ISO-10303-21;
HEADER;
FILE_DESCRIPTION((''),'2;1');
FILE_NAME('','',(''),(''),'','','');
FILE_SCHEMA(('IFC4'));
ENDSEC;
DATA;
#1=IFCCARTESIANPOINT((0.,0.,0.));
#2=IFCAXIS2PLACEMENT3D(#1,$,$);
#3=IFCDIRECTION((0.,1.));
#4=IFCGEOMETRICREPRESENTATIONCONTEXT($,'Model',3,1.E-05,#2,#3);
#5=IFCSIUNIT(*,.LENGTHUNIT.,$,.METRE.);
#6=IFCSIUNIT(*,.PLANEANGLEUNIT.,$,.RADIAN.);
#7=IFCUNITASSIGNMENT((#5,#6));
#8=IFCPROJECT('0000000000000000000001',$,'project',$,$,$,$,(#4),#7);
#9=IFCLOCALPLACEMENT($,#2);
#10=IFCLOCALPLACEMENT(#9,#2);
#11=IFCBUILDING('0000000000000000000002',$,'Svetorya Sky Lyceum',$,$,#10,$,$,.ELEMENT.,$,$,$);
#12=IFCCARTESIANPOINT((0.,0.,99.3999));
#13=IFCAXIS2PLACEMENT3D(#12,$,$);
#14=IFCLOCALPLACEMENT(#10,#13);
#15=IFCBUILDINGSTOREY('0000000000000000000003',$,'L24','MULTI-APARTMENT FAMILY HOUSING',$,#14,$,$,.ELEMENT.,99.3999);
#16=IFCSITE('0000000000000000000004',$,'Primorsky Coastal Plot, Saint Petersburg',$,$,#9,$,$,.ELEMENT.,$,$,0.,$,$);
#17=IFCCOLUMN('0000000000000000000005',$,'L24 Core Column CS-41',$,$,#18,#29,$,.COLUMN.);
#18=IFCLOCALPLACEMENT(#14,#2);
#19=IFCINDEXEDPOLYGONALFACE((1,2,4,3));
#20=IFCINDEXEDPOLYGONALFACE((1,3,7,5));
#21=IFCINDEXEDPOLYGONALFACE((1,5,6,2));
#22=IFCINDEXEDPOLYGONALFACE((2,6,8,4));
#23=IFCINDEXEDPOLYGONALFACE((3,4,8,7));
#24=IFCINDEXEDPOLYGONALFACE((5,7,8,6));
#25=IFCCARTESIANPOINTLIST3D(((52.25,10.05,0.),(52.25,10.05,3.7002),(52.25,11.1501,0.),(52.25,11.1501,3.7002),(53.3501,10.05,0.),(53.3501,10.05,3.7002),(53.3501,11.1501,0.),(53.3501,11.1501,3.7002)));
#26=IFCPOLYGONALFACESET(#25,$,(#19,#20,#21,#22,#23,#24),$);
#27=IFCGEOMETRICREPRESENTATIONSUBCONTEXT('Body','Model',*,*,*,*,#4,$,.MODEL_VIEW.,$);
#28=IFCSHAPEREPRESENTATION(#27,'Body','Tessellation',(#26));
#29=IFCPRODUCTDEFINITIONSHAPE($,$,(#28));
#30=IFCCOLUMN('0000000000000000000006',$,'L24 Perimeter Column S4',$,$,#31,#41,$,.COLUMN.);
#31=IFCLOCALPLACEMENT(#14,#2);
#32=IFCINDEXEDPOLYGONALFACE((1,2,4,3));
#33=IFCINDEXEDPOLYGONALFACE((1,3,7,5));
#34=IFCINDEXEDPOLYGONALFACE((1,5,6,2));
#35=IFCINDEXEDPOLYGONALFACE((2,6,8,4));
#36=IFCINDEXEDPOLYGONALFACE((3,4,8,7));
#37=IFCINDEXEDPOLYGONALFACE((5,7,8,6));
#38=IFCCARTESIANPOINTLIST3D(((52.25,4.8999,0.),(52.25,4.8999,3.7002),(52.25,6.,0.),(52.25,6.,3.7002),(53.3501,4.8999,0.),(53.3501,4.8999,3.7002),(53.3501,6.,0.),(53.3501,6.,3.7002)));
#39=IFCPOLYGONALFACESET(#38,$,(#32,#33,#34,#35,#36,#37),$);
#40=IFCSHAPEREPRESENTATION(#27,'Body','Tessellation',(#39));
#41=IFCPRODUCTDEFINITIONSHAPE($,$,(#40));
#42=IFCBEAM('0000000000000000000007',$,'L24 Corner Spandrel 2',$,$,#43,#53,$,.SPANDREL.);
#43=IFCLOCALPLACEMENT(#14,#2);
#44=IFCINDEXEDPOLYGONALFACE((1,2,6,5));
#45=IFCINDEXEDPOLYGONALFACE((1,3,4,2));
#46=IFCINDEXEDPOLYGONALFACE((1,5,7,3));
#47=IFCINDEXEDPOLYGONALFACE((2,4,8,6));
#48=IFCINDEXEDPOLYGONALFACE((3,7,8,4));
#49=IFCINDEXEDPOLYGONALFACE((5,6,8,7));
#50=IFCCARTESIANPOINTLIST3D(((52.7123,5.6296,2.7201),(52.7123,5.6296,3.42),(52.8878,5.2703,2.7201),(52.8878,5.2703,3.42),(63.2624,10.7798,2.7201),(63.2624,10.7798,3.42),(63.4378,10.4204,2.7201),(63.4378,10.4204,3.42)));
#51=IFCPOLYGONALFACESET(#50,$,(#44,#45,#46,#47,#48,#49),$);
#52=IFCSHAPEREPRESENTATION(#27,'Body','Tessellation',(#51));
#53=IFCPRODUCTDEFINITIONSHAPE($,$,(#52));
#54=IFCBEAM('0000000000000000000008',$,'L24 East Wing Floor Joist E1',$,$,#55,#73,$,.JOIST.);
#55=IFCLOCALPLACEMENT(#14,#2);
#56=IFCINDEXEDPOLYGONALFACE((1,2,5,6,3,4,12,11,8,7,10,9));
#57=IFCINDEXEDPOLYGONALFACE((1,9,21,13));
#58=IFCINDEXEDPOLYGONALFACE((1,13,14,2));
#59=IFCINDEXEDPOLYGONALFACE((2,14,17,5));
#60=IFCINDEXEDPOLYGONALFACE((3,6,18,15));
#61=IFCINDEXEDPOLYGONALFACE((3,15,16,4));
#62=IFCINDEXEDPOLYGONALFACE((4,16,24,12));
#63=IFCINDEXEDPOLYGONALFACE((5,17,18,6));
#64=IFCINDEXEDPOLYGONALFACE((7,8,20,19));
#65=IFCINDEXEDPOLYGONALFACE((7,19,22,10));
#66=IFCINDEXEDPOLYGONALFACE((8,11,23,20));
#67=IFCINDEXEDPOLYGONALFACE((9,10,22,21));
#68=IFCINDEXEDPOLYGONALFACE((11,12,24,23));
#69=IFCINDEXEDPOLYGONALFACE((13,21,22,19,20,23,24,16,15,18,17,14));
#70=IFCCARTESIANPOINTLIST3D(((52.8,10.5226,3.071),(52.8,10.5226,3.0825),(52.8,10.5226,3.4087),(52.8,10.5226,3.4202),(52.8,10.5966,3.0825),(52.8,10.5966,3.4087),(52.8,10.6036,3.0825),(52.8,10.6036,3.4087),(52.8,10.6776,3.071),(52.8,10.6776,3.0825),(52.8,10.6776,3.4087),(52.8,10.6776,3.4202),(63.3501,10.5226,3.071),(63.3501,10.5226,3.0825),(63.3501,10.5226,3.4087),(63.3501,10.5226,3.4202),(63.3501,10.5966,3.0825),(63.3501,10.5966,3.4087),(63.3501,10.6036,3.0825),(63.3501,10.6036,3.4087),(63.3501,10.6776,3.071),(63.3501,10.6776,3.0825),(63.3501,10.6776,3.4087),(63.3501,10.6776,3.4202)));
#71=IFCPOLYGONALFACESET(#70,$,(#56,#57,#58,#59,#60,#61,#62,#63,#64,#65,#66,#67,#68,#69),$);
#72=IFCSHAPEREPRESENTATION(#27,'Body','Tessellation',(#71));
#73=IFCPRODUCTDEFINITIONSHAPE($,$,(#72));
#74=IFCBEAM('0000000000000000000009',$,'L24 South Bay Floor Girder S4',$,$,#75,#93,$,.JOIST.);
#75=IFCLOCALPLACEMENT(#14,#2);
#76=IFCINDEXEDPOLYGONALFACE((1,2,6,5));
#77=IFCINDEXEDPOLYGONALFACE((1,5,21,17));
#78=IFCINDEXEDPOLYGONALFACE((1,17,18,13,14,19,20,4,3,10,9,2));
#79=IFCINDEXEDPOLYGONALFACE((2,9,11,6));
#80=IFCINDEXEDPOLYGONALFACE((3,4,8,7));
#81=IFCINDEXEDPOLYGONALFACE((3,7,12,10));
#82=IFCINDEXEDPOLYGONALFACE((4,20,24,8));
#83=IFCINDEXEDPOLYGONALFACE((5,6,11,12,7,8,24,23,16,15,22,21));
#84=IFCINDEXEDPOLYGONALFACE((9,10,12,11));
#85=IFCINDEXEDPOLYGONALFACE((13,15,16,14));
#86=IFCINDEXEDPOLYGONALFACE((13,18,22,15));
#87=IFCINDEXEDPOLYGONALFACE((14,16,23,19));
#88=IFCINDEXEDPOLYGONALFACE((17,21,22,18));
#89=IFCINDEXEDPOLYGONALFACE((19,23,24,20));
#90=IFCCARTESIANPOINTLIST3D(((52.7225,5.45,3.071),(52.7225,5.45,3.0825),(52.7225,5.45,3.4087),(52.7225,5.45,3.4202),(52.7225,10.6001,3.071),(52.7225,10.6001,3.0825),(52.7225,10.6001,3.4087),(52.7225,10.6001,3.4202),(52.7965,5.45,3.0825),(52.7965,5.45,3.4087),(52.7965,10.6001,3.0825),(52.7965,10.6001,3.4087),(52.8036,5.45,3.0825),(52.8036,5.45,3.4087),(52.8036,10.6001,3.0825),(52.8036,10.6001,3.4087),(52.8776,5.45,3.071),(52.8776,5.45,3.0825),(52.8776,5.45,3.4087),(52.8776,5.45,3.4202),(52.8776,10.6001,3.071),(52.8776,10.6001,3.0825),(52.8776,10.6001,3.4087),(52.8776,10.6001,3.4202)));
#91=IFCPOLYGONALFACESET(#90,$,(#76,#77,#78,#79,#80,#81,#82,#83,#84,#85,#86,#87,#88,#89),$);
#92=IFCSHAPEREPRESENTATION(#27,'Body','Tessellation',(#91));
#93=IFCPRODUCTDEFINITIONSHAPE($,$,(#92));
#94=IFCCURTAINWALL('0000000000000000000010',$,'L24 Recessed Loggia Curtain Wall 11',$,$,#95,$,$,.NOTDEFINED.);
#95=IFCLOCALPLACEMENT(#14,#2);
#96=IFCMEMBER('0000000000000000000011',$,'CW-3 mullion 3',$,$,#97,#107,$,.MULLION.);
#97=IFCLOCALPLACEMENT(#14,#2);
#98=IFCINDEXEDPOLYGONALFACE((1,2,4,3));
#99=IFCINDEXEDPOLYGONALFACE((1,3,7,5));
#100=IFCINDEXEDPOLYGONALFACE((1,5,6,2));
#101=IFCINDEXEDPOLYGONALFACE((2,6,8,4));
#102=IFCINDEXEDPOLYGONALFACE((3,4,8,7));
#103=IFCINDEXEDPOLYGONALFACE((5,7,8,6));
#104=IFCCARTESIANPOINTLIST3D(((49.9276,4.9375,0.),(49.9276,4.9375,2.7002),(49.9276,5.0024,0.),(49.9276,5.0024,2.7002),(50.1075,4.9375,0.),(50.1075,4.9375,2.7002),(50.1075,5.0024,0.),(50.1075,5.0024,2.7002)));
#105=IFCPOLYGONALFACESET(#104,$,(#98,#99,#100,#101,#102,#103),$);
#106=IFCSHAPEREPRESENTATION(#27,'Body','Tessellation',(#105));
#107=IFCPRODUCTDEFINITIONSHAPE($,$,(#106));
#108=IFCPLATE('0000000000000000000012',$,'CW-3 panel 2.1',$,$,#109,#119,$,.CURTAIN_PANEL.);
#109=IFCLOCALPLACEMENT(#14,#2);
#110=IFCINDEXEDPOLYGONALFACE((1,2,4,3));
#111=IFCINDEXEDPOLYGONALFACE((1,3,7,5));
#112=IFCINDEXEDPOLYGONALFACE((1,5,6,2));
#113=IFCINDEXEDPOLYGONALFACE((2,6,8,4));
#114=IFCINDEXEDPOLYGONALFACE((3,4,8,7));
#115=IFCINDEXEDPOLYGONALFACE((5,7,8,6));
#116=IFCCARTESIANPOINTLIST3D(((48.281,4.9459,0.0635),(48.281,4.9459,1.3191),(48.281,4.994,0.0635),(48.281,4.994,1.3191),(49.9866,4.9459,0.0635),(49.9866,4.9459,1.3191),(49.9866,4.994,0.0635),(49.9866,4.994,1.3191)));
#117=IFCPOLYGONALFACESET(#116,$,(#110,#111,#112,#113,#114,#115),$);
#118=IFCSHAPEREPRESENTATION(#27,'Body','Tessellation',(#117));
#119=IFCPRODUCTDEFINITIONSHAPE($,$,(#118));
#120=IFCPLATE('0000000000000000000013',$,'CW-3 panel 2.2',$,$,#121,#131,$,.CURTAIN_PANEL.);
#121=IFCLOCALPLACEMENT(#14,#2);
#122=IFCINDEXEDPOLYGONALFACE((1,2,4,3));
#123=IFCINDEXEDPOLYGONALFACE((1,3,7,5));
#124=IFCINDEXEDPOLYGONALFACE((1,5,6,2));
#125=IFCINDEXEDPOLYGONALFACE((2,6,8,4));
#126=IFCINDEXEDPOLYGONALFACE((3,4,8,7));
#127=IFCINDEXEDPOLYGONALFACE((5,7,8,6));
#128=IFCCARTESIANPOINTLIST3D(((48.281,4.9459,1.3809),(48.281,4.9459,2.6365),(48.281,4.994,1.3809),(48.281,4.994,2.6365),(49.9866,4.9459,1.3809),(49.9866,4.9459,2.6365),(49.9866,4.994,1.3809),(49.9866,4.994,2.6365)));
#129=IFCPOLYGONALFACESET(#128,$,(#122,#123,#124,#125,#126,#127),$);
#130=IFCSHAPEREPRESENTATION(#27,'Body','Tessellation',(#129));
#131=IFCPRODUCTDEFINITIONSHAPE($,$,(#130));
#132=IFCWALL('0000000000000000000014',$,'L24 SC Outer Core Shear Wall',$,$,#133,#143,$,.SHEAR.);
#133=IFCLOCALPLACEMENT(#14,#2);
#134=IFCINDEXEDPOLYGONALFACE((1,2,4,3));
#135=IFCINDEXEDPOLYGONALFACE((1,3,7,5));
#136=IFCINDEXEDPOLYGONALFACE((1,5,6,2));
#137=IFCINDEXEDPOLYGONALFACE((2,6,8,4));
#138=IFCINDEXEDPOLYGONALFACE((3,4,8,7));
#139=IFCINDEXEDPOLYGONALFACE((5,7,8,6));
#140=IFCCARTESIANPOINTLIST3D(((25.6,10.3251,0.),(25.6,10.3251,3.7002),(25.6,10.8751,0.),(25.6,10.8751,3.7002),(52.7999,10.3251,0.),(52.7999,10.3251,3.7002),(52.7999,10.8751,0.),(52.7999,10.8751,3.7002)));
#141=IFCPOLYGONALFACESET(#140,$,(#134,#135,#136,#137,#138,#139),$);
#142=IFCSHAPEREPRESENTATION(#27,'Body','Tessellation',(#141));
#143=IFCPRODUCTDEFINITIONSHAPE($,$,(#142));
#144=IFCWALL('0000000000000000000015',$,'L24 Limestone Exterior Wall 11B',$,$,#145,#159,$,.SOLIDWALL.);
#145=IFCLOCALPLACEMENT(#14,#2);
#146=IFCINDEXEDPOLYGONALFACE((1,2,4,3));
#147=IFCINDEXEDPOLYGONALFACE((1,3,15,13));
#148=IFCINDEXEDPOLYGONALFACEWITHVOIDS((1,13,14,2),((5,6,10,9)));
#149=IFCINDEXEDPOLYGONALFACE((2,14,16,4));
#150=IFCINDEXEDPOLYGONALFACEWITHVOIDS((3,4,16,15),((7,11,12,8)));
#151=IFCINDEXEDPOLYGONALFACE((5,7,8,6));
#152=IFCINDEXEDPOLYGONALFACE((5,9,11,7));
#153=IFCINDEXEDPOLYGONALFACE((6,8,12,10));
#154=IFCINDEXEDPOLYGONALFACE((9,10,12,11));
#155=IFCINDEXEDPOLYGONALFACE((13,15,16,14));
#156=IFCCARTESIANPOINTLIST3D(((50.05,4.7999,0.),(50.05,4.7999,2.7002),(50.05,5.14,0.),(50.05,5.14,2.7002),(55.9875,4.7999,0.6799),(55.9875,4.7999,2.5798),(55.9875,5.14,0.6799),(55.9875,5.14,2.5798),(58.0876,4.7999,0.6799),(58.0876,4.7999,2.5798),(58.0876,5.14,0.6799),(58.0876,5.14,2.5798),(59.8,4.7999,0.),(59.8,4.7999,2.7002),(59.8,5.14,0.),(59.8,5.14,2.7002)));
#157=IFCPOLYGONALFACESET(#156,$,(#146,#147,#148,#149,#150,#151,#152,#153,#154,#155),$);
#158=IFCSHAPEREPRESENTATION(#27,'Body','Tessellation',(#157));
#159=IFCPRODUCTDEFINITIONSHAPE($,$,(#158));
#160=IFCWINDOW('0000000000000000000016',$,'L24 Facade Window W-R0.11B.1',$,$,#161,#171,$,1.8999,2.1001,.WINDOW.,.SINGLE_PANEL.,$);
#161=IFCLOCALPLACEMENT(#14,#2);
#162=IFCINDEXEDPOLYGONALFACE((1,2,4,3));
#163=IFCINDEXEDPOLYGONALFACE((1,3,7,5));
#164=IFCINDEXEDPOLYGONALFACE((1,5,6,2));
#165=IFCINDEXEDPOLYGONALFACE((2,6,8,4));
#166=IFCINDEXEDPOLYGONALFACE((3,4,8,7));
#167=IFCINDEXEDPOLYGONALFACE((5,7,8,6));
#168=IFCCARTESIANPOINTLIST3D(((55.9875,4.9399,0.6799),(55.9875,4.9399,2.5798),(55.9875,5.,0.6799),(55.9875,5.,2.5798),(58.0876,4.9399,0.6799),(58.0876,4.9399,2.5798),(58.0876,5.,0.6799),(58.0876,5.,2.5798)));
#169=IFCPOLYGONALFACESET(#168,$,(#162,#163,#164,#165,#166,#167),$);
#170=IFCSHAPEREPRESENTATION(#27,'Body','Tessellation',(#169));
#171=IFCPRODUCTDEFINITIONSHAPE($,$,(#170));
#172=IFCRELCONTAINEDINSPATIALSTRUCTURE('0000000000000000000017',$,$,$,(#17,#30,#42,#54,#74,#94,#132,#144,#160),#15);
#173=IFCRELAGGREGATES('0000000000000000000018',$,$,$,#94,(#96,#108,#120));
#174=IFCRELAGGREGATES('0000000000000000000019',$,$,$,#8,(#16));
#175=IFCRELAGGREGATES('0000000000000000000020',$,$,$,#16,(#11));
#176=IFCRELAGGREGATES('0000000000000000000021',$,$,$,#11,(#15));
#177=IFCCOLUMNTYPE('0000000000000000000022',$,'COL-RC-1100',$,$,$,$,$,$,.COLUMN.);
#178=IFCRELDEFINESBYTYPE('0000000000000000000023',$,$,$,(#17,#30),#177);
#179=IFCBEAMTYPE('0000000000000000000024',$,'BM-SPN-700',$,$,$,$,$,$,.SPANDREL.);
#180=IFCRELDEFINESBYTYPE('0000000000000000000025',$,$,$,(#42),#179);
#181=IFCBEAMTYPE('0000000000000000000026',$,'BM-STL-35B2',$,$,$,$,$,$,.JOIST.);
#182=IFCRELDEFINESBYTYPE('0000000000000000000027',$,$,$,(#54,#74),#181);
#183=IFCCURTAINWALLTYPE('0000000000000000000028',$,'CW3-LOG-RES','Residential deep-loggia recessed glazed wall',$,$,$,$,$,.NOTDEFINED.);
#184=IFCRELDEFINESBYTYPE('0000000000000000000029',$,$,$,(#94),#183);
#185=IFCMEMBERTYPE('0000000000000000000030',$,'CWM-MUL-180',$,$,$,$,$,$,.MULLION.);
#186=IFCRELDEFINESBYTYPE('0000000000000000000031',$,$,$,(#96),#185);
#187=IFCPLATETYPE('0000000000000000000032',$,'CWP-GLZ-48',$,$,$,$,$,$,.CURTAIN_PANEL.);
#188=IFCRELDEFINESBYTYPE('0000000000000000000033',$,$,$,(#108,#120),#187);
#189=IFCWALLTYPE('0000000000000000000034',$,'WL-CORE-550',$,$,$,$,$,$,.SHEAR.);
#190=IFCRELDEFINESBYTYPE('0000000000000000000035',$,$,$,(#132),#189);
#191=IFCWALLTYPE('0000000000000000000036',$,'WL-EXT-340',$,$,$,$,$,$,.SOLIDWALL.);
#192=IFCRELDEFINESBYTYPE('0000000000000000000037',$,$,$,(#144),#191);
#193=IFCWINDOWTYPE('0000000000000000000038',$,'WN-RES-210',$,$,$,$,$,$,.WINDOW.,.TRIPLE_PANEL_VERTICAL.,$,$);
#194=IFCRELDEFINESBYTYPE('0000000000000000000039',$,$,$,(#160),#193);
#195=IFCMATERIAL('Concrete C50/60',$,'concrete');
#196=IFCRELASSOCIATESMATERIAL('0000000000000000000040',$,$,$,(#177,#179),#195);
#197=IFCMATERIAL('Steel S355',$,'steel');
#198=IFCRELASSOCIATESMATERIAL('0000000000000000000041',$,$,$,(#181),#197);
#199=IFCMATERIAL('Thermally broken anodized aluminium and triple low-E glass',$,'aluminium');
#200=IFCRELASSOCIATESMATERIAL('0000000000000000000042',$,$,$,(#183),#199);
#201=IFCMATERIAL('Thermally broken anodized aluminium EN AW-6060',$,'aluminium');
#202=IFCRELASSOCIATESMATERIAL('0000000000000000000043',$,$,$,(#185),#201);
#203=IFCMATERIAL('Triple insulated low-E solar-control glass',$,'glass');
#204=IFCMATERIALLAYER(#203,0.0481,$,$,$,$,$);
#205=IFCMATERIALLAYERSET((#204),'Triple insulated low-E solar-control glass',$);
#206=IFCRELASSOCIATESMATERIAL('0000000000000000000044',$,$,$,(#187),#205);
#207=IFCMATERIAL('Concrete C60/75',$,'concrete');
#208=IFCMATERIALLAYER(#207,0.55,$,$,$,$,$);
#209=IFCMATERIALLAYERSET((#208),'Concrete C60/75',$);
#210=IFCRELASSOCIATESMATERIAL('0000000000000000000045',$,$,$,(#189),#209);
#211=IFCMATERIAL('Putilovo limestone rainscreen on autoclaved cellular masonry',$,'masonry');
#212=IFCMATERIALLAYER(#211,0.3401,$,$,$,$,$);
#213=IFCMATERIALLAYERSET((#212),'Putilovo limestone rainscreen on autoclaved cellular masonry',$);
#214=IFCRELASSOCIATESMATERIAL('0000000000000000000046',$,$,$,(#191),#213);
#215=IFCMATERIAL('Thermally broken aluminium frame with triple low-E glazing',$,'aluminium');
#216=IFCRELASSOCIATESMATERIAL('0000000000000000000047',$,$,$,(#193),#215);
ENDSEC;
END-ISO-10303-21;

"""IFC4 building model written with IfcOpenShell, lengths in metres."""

from ifc_helpers import new_model, si_unit, direction, frame, frame_2d, origin, origin_2d, place, context, subcontext, project, spatial, rectangle, i_section, extrude, material, layer, layer_set, material_profile, profile_set, type_object, element, fill, aggregate, save


model = new_model("IFC4")

# Units and contexts
model_context = context("Model", 3, precision=1e-05, world=origin(), true_north=direction((0.0, 1.0)))
body_context = subcontext(model_context, "Body", "Model", "MODEL_VIEW")
ifc_project = project(units=[si_unit("LENGTHUNIT", "METRE"), si_unit("PLANEANGLEUNIT", "RADIAN")], contexts=[model_context])

# Site, building, storey
site_placement = place(None, origin())
site = spatial("IfcSite", under=ifc_project, at=site_placement, Name="Primorsky Coastal Plot, Saint Petersburg", CompositionType="ELEMENT", RefElevation=0.0)
building_placement = place(site_placement, origin())
building = spatial("IfcBuilding", under=site, at=building_placement, Name="Svetorya Sky Lyceum", CompositionType="ELEMENT")
storey_placement = place(building_placement, frame((0.0, 0.0, 99.3999)))
storey = spatial("IfcBuildingStorey", under=building, at=storey_placement, Name="L24", Description="MULTI-APARTMENT FAMILY HOUSING", CompositionType="ELEMENT", Elevation=99.3999)

# Columns
ifc_material_1 = material(Name="Concrete C50/60", Category="concrete")
ifc_material_profile_1 = material_profile(ifc_material_1, rectangle(XDim=1.1001, YDim=1.1001, at=origin_2d()), Name="RC COL 1100x1100")
ifc_profile_set_1 = profile_set([ifc_material_profile_1], Name="Concrete C50/60")
column_type = type_object("IfcColumnType", Name="COL-RC-1100", PredefinedType="COLUMN", material=ifc_profile_set_1)
for number, where, z_axis, x_axis, name in (
    (1, (52.8, 10.6001, 0.0), (0.0, 0.0, 1.0), (1.0, 0.0, 0.0), "L24 Core Column CS-41"),
    (2, (52.8, 5.45, 0.0), (0.0, 0.0, 1.0), (1.0, 0.0, 0.0), "L24 Perimeter Column S4"),
):
    element("IfcColumn", number, at=place(storey_placement, frame(where, z_axis=z_axis, x_axis=x_axis)), inside=storey, type_object=column_type, Name=name, PredefinedType="COLUMN", context=body_context, shape_type="SweptSolid", body=[
        extrude(rectangle(XDim=1.1001, YDim=1.1001, at=origin_2d()), origin(), (0.0, 0.0, 1.0), 3.7002),
    ])

# Beams
ifc_material_profile_2 = material_profile(ifc_material_1, rectangle(XDim=0.3999, YDim=0.7, at=origin_2d()), Name="RC SPANDREL 400x700")
ifc_profile_set_2 = profile_set([ifc_material_profile_2], Name="Concrete C50/60")
beam_type_1 = type_object("IfcBeamType", Name="BM-SPN-700", PredefinedType="SPANDREL", material=ifc_profile_set_2)
beam_1_placement = place(storey_placement, frame((52.8, 5.45, 3.0701), z_axis=(0.898641, 0.438684, 0.0), x_axis=(-0.438684, 0.898641, 0.0)))
element("IfcBeam", 3, at=beam_1_placement, inside=storey, type_object=beam_type_1, Name="L24 Corner Spandrel 2", PredefinedType="SPANDREL", context=body_context, shape_type="SweptSolid", body=[
    extrude(rectangle(XDim=0.3999, YDim=0.7, at=origin_2d()), origin(), (0.0, 0.0, 1.0), 11.74),
])
ifc_material_2 = material(Name="Steel S355", Category="steel")
ifc_material_profile_3 = material_profile(ifc_material_2, i_section(OverallWidth=0.155, OverallDepth=0.3491, WebThickness=0.0071, FlangeThickness=0.0115, at=origin_2d()), Name="GOST 35B2")
ifc_profile_set_3 = profile_set([ifc_material_profile_3], Name="Steel S355")
beam_type_2 = type_object("IfcBeamType", Name="BM-STL-35B2", PredefinedType="JOIST", material=ifc_profile_set_3)
beam_2_placement = place(storey_placement, frame((52.8, 10.6001, 3.2456), z_axis=(1.0, 0.0, 0.0), x_axis=(0.0, 1.0, 0.0)))
element("IfcBeam", 4, at=beam_2_placement, inside=storey, type_object=beam_type_2, Name="L24 East Wing Floor Joist E1", PredefinedType="JOIST", context=body_context, shape_type="SweptSolid", body=[
    extrude(i_section(OverallWidth=0.155, OverallDepth=0.3491, WebThickness=0.0071, FlangeThickness=0.0115, at=origin_2d()), origin(), (0.0, 0.0, 1.0), 10.55),
])
beam_3_placement = place(storey_placement, frame((52.8, 5.45, 3.2456), z_axis=(0.0, 1.0, 0.0), x_axis=(-1.0, 0.0, 0.0)))
element("IfcBeam", 5, at=beam_3_placement, inside=storey, type_object=beam_type_2, Name="L24 South Bay Floor Girder S4", PredefinedType="JOIST", context=body_context, shape_type="SweptSolid", body=[
    extrude(i_section(OverallWidth=0.155, OverallDepth=0.3491, WebThickness=0.0071, FlangeThickness=0.0115, at=origin_2d()), origin(), (0.0, 0.0, 1.0), 5.1501),
])

# Curtain wall, member, plates
ifc_material_3 = material(Name="Thermally broken anodized aluminium and triple low-E glass", Category="aluminium")
curtain_wall_type = type_object("IfcCurtainWallType", Name="CW3-LOG-RES", Description="Residential deep-loggia recessed glazed wall", PredefinedType="NOTDEFINED", material=ifc_material_3)
curtain_wall_placement = place(storey_placement, origin())
curtain_wall = element("IfcCurtainWall", 6, at=curtain_wall_placement, inside=storey, type_object=curtain_wall_type, Name="L24 Recessed Loggia Curtain Wall 11", PredefinedType="NOTDEFINED")
ifc_material_4 = material(Name="Thermally broken anodized aluminium EN AW-6060", Category="aluminium")
ifc_material_profile_4 = material_profile(ifc_material_4, rectangle(XDim=0.0649, YDim=0.1799, at=origin_2d()), Name="ALU MULLION 65x180")
ifc_profile_set_4 = profile_set([ifc_material_profile_4], Name="Thermally broken anodized aluminium EN AW-6060")
member_type = type_object("IfcMemberType", Name="CWM-MUL-180", PredefinedType="MULLION", material=ifc_profile_set_4)
member_placement = place(storey_placement, frame((50.0176, 4.97, 0.0), z_axis=(0.0, 0.0, 1.0), x_axis=(0.0, 1.0, 0.0)))
member = element("IfcMember", 7, at=member_placement, type_object=member_type, Name="CW-3 mullion 3", PredefinedType="MULLION", context=body_context, shape_type="SweptSolid", body=[
    extrude(rectangle(XDim=0.0649, YDim=0.1799, at=origin_2d()), origin(), (0.0, 0.0, 1.0), 2.7002),
])
ifc_material_5 = material(Name="Triple insulated low-E solar-control glass", Category="glass")
ifc_layer_1 = layer(ifc_material_5, 0.0481)
ifc_layer_set_1 = layer_set([ifc_layer_1], Name="Triple insulated low-E solar-control glass")
plate_type = type_object("IfcPlateType", Name="CWP-GLZ-48", PredefinedType="CURTAIN_PANEL", material=ifc_layer_set_1)
plate_1_placement = place(storey_placement, frame((49.1338, 4.97, 0.0635), z_axis=(0.0, 0.0, 1.0), x_axis=(1.0, 0.0, 0.0)))
plate_1 = element("IfcPlate", 8, at=plate_1_placement, type_object=plate_type, Name="CW-3 panel 2.1", PredefinedType="CURTAIN_PANEL", context=body_context, shape_type="SweptSolid", body=[
    extrude(rectangle(XDim=1.7056, YDim=0.0481, at=origin_2d()), origin(), (0.0, 0.0, 1.0), 1.2556),
])
plate_2_placement = place(storey_placement, frame((49.1338, 4.97, 1.3809), z_axis=(0.0, 0.0, 1.0), x_axis=(1.0, 0.0, 0.0)))
plate_2 = element("IfcPlate", 9, at=plate_2_placement, type_object=plate_type, Name="CW-3 panel 2.2", PredefinedType="CURTAIN_PANEL", context=body_context, shape_type="SweptSolid", body=[
    extrude(rectangle(XDim=1.7056, YDim=0.0481, at=origin_2d()), origin(), (0.0, 0.0, 1.0), 1.2556),
])
aggregate(curtain_wall, [member, plate_1, plate_2])

# Wall
ifc_material_6 = material(Name="Concrete C60/75", Category="concrete")
ifc_layer_2 = layer(ifc_material_6, 0.55)
ifc_layer_set_2 = layer_set([ifc_layer_2], Name="Concrete C60/75")
wall_type_1 = type_object("IfcWallType", Name="WL-CORE-550", PredefinedType="SHEAR", material=ifc_layer_set_2)
wall_1_placement = place(storey_placement, frame((52.8, 10.6001, 0.0), z_axis=(0.0, 0.0, 1.0), x_axis=(-1.0, 0.0, 0.0)))
element("IfcWall", 10, at=wall_1_placement, inside=storey, type_object=wall_type_1, Name="L24 SC Outer Core Shear Wall", PredefinedType="SHEAR", context=body_context, shape_type="SweptSolid", body=[
    extrude(rectangle(XDim=27.2, YDim=0.55, at=frame_2d((13.6001, 0.0))), origin(), (0.0, 0.0, 1.0), 3.7002),
])

# Wall, opening, window
ifc_material_7 = material(Name="Putilovo limestone rainscreen on autoclaved cellular masonry", Category="masonry")
ifc_layer_3 = layer(ifc_material_7, 0.3401)
ifc_layer_set_3 = layer_set([ifc_layer_3], Name="Putilovo limestone rainscreen on autoclaved cellular masonry")
wall_type_2 = type_object("IfcWallType", Name="WL-EXT-340", PredefinedType="SOLIDWALL", material=ifc_layer_set_3)
wall_2_placement = place(storey_placement, frame((50.05, 4.97, 0.0), z_axis=(0.0, 0.0, 1.0), x_axis=(1.0, 0.0, 0.0)))
wall_2 = element("IfcWall", 11, at=wall_2_placement, inside=storey, type_object=wall_type_2, Name="L24 Limestone Exterior Wall 11B", PredefinedType="SOLIDWALL", context=body_context, shape_type="SweptSolid", body=[
    extrude(rectangle(XDim=9.75, YDim=0.3401, at=frame_2d((4.875, 0.0))), origin(), (0.0, 0.0, 1.0), 2.7002),
])
opening_1_placement = place(wall_2_placement, frame((5.9375, 0.0, 0.6799)))
opening_1 = element("IfcOpeningElement", 12, at=opening_1_placement, cuts=wall_2, PredefinedType="OPENING", context=body_context, shape_type="SweptSolid", body=[
    extrude(rectangle(XDim=2.1001, YDim=1.8999, at=frame_2d((1.05, 0.95))), frame((0.0, 0.1799, 0.0), z_axis=(0.0, -1.0, 0.0), x_axis=(1.0, 0.0, 0.0)), (0.0, 0.0, 1.0), 0.3601),
])
ifc_material_8 = material(Name="Thermally broken aluminium frame with triple low-E glazing", Category="aluminium")
window_type_1 = type_object("IfcWindowType", Name="WN-RES-210", PartitioningType="TRIPLE_PANEL_VERTICAL", PredefinedType="WINDOW", material=ifc_material_8)
window_1_placement = place(opening_1_placement, origin())
window_1 = element("IfcWindow", 13, at=window_1_placement, inside=storey, type_object=window_type_1, Name="L24 Facade Window W-R0.11B.1", OverallHeight=1.8999, OverallWidth=2.1001, PartitioningType="SINGLE_PANEL", PredefinedType="WINDOW", context=body_context, shape_type="SweptSolid", body=[
    extrude(rectangle(XDim=2.1001, YDim=1.8999, at=frame_2d((1.05, 0.95))), frame((0.0, 0.03, 0.0), z_axis=(0.0, -1.0, 0.0), x_axis=(1.0, 0.0, 0.0)), (0.0, 0.0, 1.0), 0.0601),
])
fill(opening_1, window_1)

save(model, "model.ifc")
